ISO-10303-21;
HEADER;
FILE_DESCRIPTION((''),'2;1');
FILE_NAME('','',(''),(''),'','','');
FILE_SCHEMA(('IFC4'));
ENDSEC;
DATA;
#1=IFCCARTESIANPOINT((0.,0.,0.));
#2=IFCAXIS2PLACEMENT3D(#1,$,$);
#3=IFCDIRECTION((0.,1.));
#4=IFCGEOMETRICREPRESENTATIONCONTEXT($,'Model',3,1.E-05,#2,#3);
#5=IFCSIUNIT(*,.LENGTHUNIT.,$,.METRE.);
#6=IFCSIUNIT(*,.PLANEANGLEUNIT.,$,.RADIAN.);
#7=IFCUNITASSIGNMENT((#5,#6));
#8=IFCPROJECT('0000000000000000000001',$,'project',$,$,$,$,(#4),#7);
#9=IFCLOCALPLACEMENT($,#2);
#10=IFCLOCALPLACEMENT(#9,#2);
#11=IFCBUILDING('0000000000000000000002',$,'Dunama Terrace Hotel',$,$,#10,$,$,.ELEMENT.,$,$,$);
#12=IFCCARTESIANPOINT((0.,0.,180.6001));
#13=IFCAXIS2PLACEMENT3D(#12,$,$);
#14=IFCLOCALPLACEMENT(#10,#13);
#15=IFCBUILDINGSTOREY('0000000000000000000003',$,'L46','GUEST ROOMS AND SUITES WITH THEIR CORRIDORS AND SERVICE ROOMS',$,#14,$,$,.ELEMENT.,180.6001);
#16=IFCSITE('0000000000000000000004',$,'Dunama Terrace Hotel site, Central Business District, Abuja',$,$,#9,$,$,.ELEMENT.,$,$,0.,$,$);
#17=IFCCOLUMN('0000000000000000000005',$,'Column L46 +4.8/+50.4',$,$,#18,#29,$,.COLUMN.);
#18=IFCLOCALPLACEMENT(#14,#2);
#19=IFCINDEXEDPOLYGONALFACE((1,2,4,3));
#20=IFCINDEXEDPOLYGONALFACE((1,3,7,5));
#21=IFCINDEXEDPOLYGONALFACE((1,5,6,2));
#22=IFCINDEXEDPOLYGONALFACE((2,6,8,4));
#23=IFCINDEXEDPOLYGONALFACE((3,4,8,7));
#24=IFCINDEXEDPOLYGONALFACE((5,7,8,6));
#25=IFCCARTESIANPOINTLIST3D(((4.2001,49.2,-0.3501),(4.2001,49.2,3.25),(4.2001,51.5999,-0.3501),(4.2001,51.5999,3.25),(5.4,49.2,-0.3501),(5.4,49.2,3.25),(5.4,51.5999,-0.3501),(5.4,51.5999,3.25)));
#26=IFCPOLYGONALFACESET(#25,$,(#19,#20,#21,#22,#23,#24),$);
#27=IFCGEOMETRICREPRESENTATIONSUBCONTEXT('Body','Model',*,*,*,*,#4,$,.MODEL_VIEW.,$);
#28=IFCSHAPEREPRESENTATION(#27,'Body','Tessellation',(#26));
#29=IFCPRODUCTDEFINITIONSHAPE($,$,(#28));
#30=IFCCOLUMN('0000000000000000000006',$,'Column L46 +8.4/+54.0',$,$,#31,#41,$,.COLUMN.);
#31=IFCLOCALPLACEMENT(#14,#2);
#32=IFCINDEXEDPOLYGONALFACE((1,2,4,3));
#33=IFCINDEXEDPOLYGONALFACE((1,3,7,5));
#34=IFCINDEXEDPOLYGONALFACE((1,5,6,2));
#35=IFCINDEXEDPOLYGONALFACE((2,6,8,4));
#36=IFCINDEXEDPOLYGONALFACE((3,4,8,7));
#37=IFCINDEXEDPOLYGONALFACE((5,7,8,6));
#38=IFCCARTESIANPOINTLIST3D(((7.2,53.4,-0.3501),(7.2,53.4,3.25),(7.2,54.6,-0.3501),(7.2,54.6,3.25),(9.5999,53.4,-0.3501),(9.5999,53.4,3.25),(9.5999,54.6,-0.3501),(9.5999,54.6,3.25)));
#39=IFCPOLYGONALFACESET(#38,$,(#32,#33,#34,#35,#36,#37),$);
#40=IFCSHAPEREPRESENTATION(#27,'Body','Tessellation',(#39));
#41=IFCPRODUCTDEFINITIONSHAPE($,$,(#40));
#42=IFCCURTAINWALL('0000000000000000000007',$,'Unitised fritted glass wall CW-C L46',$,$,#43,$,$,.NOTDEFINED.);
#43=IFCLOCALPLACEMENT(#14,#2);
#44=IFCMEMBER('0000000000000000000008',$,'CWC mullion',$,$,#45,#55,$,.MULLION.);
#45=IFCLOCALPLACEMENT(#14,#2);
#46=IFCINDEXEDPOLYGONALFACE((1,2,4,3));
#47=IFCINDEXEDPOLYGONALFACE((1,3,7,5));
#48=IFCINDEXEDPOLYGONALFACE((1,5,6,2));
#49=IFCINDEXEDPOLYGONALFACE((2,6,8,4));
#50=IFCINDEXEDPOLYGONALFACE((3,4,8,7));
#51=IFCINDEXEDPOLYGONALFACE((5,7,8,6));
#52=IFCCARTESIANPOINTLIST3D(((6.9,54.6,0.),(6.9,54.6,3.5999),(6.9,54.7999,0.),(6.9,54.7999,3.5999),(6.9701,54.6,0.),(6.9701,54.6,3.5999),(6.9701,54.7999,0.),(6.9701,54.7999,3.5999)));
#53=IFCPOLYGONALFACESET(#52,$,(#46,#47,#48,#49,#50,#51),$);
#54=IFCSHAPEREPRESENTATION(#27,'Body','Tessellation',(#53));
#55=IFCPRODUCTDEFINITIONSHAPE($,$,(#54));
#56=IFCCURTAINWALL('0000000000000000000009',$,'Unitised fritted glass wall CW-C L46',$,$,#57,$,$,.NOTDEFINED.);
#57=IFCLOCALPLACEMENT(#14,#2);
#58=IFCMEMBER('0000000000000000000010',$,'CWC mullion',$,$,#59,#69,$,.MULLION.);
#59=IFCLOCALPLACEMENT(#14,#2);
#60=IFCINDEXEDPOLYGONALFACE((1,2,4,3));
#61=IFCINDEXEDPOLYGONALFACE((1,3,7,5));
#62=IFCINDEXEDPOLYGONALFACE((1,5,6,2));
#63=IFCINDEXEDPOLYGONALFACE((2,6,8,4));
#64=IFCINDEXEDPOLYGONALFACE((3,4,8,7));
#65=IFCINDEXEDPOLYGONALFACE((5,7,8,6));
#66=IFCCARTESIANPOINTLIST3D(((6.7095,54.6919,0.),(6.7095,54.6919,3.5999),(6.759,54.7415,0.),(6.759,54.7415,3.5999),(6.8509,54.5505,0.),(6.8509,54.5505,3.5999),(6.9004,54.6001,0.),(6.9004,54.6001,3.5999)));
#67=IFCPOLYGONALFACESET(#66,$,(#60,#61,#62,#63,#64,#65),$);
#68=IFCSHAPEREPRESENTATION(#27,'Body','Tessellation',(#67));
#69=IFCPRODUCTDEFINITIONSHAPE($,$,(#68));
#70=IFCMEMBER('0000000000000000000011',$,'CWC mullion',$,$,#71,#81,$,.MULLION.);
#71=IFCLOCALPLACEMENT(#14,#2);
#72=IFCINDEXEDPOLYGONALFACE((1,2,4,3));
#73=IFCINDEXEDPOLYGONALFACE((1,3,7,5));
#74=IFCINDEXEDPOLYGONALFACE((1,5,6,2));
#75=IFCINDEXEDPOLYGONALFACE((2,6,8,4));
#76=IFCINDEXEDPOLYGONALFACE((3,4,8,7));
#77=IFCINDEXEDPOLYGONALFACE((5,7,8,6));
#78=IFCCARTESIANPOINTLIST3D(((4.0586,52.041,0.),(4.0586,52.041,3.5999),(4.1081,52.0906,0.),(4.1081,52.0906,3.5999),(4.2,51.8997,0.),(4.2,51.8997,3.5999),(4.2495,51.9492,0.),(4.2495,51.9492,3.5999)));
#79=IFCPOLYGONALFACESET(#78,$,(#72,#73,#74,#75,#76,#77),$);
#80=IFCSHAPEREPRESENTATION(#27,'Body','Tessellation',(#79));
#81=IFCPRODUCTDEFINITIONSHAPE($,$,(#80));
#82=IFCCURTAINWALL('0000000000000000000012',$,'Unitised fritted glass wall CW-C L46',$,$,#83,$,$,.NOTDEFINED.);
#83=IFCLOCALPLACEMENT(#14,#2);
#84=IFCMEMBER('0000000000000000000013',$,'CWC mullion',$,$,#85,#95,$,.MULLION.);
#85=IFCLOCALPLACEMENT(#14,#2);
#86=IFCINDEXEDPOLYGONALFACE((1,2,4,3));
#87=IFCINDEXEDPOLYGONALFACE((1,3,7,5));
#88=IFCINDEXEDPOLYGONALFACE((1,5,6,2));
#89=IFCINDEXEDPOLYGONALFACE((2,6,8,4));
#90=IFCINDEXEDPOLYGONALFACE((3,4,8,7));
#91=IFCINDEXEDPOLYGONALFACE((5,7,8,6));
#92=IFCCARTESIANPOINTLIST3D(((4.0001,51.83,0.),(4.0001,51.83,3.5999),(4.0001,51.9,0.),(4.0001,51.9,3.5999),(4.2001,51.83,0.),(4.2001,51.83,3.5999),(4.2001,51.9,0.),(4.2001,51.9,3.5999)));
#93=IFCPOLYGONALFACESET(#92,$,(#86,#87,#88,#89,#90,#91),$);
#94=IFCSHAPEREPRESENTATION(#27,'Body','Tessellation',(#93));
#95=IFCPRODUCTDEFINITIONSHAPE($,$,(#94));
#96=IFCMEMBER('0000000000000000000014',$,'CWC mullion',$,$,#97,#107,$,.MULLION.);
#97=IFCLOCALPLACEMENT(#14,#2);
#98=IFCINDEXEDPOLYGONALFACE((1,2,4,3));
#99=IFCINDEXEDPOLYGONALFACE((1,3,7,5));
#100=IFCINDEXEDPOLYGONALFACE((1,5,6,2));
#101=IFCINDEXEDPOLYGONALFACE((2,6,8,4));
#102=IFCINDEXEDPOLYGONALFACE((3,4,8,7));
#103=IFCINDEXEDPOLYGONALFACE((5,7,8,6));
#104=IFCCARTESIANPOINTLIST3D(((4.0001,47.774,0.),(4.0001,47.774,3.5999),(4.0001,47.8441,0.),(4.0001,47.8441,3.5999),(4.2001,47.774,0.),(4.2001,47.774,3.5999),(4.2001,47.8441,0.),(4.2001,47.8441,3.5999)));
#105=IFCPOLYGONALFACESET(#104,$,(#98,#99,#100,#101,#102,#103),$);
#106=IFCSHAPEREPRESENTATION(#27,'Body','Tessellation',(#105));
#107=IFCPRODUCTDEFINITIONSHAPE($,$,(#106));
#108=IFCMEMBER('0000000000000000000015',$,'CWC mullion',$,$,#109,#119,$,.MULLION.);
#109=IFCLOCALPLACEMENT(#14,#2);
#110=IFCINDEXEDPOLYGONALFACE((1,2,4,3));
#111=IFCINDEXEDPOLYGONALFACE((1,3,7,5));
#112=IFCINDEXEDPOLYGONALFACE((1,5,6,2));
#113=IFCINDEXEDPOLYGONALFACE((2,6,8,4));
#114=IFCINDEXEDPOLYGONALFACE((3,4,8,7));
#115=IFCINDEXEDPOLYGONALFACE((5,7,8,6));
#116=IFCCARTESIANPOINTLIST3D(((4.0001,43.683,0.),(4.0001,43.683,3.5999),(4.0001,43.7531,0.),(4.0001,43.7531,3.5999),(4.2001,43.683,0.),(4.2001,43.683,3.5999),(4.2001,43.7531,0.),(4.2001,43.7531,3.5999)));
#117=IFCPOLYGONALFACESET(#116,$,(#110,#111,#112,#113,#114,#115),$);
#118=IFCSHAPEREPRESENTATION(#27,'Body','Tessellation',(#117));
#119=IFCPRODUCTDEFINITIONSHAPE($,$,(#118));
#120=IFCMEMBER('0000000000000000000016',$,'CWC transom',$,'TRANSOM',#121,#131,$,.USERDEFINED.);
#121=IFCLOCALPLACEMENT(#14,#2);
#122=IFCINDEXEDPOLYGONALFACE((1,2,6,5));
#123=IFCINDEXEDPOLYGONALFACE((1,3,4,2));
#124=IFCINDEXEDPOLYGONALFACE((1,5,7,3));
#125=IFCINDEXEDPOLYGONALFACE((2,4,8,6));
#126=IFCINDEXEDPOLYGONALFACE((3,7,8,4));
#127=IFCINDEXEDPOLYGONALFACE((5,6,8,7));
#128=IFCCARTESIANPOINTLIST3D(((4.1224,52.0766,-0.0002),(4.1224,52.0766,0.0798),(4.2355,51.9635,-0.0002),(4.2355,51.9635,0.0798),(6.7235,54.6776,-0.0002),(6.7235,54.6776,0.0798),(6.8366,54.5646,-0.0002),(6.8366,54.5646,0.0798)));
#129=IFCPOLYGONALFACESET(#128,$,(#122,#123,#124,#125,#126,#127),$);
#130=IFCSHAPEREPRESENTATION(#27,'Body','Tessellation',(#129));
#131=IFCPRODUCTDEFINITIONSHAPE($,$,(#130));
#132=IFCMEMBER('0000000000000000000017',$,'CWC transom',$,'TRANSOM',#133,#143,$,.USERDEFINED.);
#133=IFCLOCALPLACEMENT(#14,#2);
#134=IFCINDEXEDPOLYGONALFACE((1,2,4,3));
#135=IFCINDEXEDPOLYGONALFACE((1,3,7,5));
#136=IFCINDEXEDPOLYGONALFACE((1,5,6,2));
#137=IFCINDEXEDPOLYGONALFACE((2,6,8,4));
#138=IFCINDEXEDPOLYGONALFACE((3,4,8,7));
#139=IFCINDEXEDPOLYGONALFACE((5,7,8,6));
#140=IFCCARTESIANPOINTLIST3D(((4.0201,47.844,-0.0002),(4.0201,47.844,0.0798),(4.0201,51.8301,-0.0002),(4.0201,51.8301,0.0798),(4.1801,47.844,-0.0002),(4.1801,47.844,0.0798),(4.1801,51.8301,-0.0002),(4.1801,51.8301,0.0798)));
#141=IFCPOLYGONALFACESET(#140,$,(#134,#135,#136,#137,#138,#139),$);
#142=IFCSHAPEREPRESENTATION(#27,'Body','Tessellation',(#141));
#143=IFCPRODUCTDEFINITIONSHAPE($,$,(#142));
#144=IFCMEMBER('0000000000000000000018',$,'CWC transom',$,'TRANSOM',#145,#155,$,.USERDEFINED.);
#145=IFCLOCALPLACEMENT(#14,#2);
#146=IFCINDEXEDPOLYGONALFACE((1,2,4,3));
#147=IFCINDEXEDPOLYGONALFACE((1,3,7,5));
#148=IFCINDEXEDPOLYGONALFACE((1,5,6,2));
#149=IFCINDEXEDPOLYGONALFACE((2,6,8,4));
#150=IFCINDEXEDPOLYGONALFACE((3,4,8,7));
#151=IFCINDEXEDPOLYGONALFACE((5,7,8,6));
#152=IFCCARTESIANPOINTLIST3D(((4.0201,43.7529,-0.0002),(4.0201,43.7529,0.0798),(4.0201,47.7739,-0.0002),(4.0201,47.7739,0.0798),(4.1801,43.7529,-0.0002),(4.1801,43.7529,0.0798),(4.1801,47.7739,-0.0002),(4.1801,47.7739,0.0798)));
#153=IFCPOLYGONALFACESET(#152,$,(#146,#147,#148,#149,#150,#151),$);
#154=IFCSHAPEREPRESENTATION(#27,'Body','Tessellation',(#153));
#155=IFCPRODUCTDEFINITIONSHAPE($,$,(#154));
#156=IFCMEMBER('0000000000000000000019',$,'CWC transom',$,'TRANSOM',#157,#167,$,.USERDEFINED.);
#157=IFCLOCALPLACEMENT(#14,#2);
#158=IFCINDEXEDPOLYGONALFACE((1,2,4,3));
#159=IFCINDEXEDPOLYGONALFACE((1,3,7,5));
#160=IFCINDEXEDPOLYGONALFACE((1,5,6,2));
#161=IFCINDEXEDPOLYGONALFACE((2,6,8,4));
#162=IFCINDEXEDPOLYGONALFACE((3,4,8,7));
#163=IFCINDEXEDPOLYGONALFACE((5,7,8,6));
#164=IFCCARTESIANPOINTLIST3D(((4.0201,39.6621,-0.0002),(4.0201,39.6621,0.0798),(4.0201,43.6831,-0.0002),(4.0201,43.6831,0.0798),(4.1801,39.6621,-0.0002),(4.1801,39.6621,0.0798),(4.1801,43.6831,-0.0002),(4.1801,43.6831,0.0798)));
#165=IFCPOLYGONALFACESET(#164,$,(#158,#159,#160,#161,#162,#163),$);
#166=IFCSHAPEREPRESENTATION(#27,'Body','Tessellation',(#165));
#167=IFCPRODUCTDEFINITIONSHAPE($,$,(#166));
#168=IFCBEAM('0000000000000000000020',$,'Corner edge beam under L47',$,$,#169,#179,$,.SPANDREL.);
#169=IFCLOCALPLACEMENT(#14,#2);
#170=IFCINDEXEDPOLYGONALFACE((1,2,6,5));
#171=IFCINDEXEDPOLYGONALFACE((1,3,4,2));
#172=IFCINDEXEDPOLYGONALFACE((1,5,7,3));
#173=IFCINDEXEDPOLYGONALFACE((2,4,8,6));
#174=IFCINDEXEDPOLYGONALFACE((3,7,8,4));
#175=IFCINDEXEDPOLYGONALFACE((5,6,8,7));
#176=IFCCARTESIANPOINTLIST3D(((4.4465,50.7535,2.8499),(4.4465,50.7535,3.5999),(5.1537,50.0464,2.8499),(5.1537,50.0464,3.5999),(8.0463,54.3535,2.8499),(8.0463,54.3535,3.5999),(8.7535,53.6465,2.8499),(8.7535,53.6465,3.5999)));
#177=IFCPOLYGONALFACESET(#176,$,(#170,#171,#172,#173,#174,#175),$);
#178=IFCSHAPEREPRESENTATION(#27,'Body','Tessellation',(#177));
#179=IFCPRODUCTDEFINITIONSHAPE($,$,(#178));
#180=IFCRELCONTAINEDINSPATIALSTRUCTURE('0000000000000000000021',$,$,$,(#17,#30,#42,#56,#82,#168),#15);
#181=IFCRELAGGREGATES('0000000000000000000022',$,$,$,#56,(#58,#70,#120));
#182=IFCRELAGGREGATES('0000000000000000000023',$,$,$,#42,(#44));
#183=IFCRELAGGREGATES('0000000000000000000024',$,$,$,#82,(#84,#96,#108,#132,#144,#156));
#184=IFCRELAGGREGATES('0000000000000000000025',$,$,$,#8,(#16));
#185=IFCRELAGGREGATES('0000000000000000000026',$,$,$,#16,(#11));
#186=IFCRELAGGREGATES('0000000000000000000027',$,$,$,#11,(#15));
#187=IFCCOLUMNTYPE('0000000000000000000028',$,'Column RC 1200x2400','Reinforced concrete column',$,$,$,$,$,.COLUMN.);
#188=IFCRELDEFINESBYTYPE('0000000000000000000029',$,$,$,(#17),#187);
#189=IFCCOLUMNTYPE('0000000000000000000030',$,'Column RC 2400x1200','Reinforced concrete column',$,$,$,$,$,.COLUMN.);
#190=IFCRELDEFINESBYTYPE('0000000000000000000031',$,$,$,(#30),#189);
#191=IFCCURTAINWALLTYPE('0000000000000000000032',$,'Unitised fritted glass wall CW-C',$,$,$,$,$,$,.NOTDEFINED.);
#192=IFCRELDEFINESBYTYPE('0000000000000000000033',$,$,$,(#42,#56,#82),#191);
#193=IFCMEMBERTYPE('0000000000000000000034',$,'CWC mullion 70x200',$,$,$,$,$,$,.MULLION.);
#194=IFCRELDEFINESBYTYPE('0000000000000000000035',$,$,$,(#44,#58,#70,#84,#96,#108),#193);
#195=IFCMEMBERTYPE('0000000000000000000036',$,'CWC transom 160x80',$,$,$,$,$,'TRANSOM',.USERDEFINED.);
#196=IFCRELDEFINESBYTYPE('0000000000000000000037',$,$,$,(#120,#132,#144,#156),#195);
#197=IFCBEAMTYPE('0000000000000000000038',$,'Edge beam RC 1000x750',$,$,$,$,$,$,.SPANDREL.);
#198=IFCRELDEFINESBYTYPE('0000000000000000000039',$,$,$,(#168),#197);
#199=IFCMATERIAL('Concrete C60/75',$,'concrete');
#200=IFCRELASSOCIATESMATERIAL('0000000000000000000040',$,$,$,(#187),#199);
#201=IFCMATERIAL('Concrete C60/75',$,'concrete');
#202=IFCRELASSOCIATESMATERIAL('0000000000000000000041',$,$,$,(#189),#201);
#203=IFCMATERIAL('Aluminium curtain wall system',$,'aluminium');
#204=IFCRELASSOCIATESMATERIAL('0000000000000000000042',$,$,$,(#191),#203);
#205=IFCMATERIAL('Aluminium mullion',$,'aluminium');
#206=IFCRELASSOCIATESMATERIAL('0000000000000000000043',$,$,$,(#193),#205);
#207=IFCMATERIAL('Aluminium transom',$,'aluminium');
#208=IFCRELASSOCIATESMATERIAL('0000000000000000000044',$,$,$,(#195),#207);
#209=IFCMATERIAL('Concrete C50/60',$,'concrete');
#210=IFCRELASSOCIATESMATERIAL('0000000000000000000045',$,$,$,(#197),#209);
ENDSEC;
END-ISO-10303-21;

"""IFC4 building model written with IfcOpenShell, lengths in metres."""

from ifc_helpers import new_model, si_unit, direction, frame, origin, origin_2d, place, context, subcontext, project, spatial, rectangle, extrude, material, material_profile, profile_set, type_object, element, aggregate, save


model = new_model("IFC4")

# Units and contexts
model_context = context("Model", 3, precision=1e-05, world=origin(), true_north=direction((0.0, 1.0)))
body_context = subcontext(model_context, "Body", "Model", "MODEL_VIEW")
ifc_project = project(units=[si_unit("LENGTHUNIT", "METRE"), si_unit("PLANEANGLEUNIT", "RADIAN")], contexts=[model_context])

# Site, building, storey
site_placement = place(None, origin())
site = spatial("IfcSite", under=ifc_project, at=site_placement, Name="Dunama Terrace Hotel site, Central Business District, Abuja", CompositionType="ELEMENT", RefElevation=0.0)
building_placement = place(site_placement, origin())
building = spatial("IfcBuilding", under=site, at=building_placement, Name="Dunama Terrace Hotel", CompositionType="ELEMENT")
storey_placement = place(building_placement, frame((0.0, 0.0, 180.6001)))
storey = spatial("IfcBuildingStorey", under=building, at=storey_placement, Name="L46", Description="GUEST ROOMS AND SUITES WITH THEIR CORRIDORS AND SERVICE ROOMS", CompositionType="ELEMENT", Elevation=180.6001)

# Columns
ifc_material_1 = material(Name="Concrete C60/75", Category="concrete")
ifc_material_profile_1 = material_profile(ifc_material_1, rectangle(XDim=1.2, YDim=2.3999, at=origin_2d()), Name="RC 1200x2400")
ifc_profile_set_1 = profile_set([ifc_material_profile_1], Name="Concrete C60/75")
column_type_1 = type_object("IfcColumnType", Name="Column RC 1200x2400", Description="Reinforced concrete column", PredefinedType="COLUMN", material=ifc_profile_set_1)
column_1_placement = place(storey_placement, frame((4.8, 50.3999, -0.3501), z_axis=(0.0, 0.0, 1.0), x_axis=(1.0, 0.0, 0.0)))
element("IfcColumn", 1, at=column_1_placement, inside=storey, type_object=column_type_1, Name="Column L46 +4.8/+50.4", PredefinedType="COLUMN", context=body_context, shape_type="SweptSolid", body=[
    extrude(rectangle(XDim=1.2, YDim=2.3999, at=origin_2d()), origin(), (0.0, 0.0, 1.0), 3.6001),
])
ifc_material_2 = material(Name="Concrete C60/75", Category="concrete")
ifc_material_profile_2 = material_profile(ifc_material_2, rectangle(XDim=2.3999, YDim=1.2, at=origin_2d()), Name="RC 2400x1200")
ifc_profile_set_2 = profile_set([ifc_material_profile_2], Name="Concrete C60/75")
column_type_2 = type_object("IfcColumnType", Name="Column RC 2400x1200", Description="Reinforced concrete column", PredefinedType="COLUMN", material=ifc_profile_set_2)
column_2_placement = place(storey_placement, frame((8.3999, 54.0, -0.3501), z_axis=(0.0, 0.0, 1.0), x_axis=(1.0, 0.0, 0.0)))
element("IfcColumn", 2, at=column_2_placement, inside=storey, type_object=column_type_2, Name="Column L46 +8.4/+54.0", PredefinedType="COLUMN", context=body_context, shape_type="SweptSolid", body=[
    extrude(rectangle(XDim=2.3999, YDim=1.2, at=origin_2d()), origin(), (0.0, 0.0, 1.0), 3.6001),
])

# Curtain wall, member
ifc_material_3 = material(Name="Aluminium curtain wall system", Category="aluminium")
curtain_wall_type = type_object("IfcCurtainWallType", Name="Unitised fritted glass wall CW-C", PredefinedType="NOTDEFINED", material=ifc_material_3)
curtain_wall_1_placement = place(storey_placement, origin())
curtain_wall_1 = element("IfcCurtainWall", 3, at=curtain_wall_1_placement, inside=storey, type_object=curtain_wall_type, Name="Unitised fritted glass wall CW-C L46", PredefinedType="NOTDEFINED")
ifc_material_4 = material(Name="Aluminium mullion", Category="aluminium")
ifc_material_profile_3 = material_profile(ifc_material_4, rectangle(XDim=0.0701, YDim=0.2, at=origin_2d()), Name="CWC MULLION 70X200")
ifc_profile_set_3 = profile_set([ifc_material_profile_3], Name="Aluminium mullion")
member_type_1 = type_object("IfcMemberType", Name="CWC mullion 70x200", PredefinedType="MULLION", material=ifc_profile_set_3)
member_1_placement = place(storey_placement, frame((6.9351, 54.7, 0.0), z_axis=(0.0, 0.0, 1.0), x_axis=(-1.0, 0.0, 0.0)))
member_1 = element("IfcMember", 4, at=member_1_placement, type_object=member_type_1, Name="CWC mullion", PredefinedType="MULLION", context=body_context, shape_type="SweptSolid", body=[
    extrude(rectangle(XDim=0.0701, YDim=0.2, at=origin_2d()), origin(), (0.0, 0.0, 1.0), 3.5999),
])

# Curtain walls, members
curtain_wall_2_placement = place(storey_placement, origin())
curtain_wall_2 = element("IfcCurtainWall", 5, at=curtain_wall_2_placement, inside=storey, type_object=curtain_wall_type, Name="Unitised fritted glass wall CW-C L46", PredefinedType="NOTDEFINED")
member_2_placement = place(storey_placement, frame((6.8049, 54.646, 0.0), z_axis=(0.0, 0.0, 1.0), x_axis=(-0.707107, -0.707107, 0.0)))
member_2 = element("IfcMember", 6, at=member_2_placement, type_object=member_type_1, Name="CWC mullion", PredefinedType="MULLION", context=body_context, shape_type="SweptSolid", body=[
    extrude(rectangle(XDim=0.0701, YDim=0.2, at=origin_2d()), origin(), (0.0, 0.0, 1.0), 3.5999),
])
member_3_placement = place(storey_placement, frame((4.1541, 51.9951, 0.0), z_axis=(0.0, 0.0, 1.0), x_axis=(-0.707107, -0.707107, 0.0)))
member_3 = element("IfcMember", 7, at=member_3_placement, type_object=member_type_1, Name="CWC mullion", PredefinedType="MULLION", context=body_context, shape_type="SweptSolid", body=[
    extrude(rectangle(XDim=0.0701, YDim=0.2, at=origin_2d()), origin(), (0.0, 0.0, 1.0), 3.5999),
])
curtain_wall_3_placement = place(storey_placement, origin())
curtain_wall_3 = element("IfcCurtainWall", 8, at=curtain_wall_3_placement, inside=storey, type_object=curtain_wall_type, Name="Unitised fritted glass wall CW-C L46", PredefinedType="NOTDEFINED")
member_4_placement = place(storey_placement, frame((4.1001, 51.865, 0.0), z_axis=(0.0, 0.0, 1.0), x_axis=(0.0, -1.0, 0.0)))
member_4 = element("IfcMember", 9, at=member_4_placement, type_object=member_type_1, Name="CWC mullion", PredefinedType="MULLION", context=body_context, shape_type="SweptSolid", body=[
    extrude(rectangle(XDim=0.0701, YDim=0.2, at=origin_2d()), origin(), (0.0, 0.0, 1.0), 3.5999),
])
member_5_placement = place(storey_placement, frame((4.1001, 47.8091, 0.0), z_axis=(0.0, 0.0, 1.0), x_axis=(0.0, -1.0, 0.0)))
member_5 = element("IfcMember", 10, at=member_5_placement, type_object=member_type_1, Name="CWC mullion", PredefinedType="MULLION", context=body_context, shape_type="SweptSolid", body=[
    extrude(rectangle(XDim=0.0701, YDim=0.2, at=origin_2d()), origin(), (0.0, 0.0, 1.0), 3.5999),
])
member_6_placement = place(storey_placement, frame((4.1001, 43.718, 0.0), z_axis=(0.0, 0.0, 1.0), x_axis=(0.0, -1.0, 0.0)))
member_6 = element("IfcMember", 11, at=member_6_placement, type_object=member_type_1, Name="CWC mullion", PredefinedType="MULLION", context=body_context, shape_type="SweptSolid", body=[
    extrude(rectangle(XDim=0.0701, YDim=0.2, at=origin_2d()), origin(), (0.0, 0.0, 1.0), 3.5999),
])

# Members
ifc_material_5 = material(Name="Aluminium transom", Category="aluminium")
ifc_material_profile_4 = material_profile(ifc_material_5, rectangle(XDim=0.1599, YDim=0.0801, at=origin_2d()), Name="CWC TRANSOM 160X80")
ifc_profile_set_4 = profile_set([ifc_material_profile_4], Name="Aluminium transom")
member_type_2 = type_object("IfcMemberType", Name="CWC transom 160x80", ElementType="TRANSOM", PredefinedType="USERDEFINED", material=ifc_profile_set_4)
member_7_placement = place(storey_placement, frame((6.78, 54.6211, 0.0398), z_axis=(-0.707107, -0.707107, 0.0), x_axis=(0.707107, -0.707107, 0.0)))
member_7 = element("IfcMember", 12, at=member_7_placement, type_object=member_type_2, Name="CWC transom", ObjectType="TRANSOM", PredefinedType="USERDEFINED", context=body_context, shape_type="SweptSolid", body=[
    extrude(rectangle(XDim=0.1599, YDim=0.0801, at=origin_2d()), origin(), (0.0, 0.0, 1.0), 3.6785),
])
member_8_placement = place(storey_placement, frame((4.1001, 51.8301, 0.0398), z_axis=(0.0, -1.0, 0.0), x_axis=(1.0, 0.0, 0.0)))
member_8 = element("IfcMember", 13, at=member_8_placement, type_object=member_type_2, Name="CWC transom", ObjectType="TRANSOM", PredefinedType="USERDEFINED", context=body_context, shape_type="SweptSolid", body=[
    extrude(rectangle(XDim=0.1599, YDim=0.0801, at=origin_2d()), origin(), (0.0, 0.0, 1.0), 3.9861),
])
member_9_placement = place(storey_placement, frame((4.1001, 47.7739, 0.0398), z_axis=(0.0, -1.0, 0.0), x_axis=(1.0, 0.0, 0.0)))
member_9 = element("IfcMember", 14, at=member_9_placement, type_object=member_type_2, Name="CWC transom", ObjectType="TRANSOM", PredefinedType="USERDEFINED", context=body_context, shape_type="SweptSolid", body=[
    extrude(rectangle(XDim=0.1599, YDim=0.0801, at=origin_2d()), origin(), (0.0, 0.0, 1.0), 4.021),
])
member_10_placement = place(storey_placement, frame((4.1001, 43.6831, 0.0398), z_axis=(0.0, -1.0, 0.0), x_axis=(1.0, 0.0, 0.0)))
member_10 = element("IfcMember", 15, at=member_10_placement, type_object=member_type_2, Name="CWC transom", ObjectType="TRANSOM", PredefinedType="USERDEFINED", context=body_context, shape_type="SweptSolid", body=[
    extrude(rectangle(XDim=0.1599, YDim=0.0801, at=origin_2d()), origin(), (0.0, 0.0, 1.0), 4.021),
])

# Beam
ifc_material_6 = material(Name="Concrete C50/60", Category="concrete")
ifc_material_profile_5 = material_profile(ifc_material_6, rectangle(XDim=1.0, YDim=0.75, at=origin_2d()), Name="RC 1000x750")
ifc_profile_set_5 = profile_set([ifc_material_profile_5], Name="Concrete C50/60")
beam_type_1 = type_object("IfcBeamType", Name="Edge beam RC 1000x750", PredefinedType="SPANDREL", material=ifc_profile_set_5)
beam_1_placement = place(storey_placement, frame((8.3999, 54.0, 3.2249), z_axis=(-0.707083, -0.707131, 0.0), x_axis=(0.707131, -0.707083, 0.0)))
element("IfcBeam", 16, at=beam_1_placement, inside=storey, type_object=beam_type_1, Name="Corner edge beam under L47", PredefinedType="SPANDREL", context=body_context, shape_type="SweptSolid", body=[
    extrude(rectangle(XDim=1.0, YDim=0.75, at=origin_2d()), origin(), (0.0, 0.0, 1.0), 5.0911),
])

aggregate(curtain_wall_2, [member_2, member_3, member_7])
aggregate(curtain_wall_1, [member_1])
aggregate(curtain_wall_3, [member_4, member_5, member_6, member_8, member_9, member_10])

save(model, "model.ifc")
